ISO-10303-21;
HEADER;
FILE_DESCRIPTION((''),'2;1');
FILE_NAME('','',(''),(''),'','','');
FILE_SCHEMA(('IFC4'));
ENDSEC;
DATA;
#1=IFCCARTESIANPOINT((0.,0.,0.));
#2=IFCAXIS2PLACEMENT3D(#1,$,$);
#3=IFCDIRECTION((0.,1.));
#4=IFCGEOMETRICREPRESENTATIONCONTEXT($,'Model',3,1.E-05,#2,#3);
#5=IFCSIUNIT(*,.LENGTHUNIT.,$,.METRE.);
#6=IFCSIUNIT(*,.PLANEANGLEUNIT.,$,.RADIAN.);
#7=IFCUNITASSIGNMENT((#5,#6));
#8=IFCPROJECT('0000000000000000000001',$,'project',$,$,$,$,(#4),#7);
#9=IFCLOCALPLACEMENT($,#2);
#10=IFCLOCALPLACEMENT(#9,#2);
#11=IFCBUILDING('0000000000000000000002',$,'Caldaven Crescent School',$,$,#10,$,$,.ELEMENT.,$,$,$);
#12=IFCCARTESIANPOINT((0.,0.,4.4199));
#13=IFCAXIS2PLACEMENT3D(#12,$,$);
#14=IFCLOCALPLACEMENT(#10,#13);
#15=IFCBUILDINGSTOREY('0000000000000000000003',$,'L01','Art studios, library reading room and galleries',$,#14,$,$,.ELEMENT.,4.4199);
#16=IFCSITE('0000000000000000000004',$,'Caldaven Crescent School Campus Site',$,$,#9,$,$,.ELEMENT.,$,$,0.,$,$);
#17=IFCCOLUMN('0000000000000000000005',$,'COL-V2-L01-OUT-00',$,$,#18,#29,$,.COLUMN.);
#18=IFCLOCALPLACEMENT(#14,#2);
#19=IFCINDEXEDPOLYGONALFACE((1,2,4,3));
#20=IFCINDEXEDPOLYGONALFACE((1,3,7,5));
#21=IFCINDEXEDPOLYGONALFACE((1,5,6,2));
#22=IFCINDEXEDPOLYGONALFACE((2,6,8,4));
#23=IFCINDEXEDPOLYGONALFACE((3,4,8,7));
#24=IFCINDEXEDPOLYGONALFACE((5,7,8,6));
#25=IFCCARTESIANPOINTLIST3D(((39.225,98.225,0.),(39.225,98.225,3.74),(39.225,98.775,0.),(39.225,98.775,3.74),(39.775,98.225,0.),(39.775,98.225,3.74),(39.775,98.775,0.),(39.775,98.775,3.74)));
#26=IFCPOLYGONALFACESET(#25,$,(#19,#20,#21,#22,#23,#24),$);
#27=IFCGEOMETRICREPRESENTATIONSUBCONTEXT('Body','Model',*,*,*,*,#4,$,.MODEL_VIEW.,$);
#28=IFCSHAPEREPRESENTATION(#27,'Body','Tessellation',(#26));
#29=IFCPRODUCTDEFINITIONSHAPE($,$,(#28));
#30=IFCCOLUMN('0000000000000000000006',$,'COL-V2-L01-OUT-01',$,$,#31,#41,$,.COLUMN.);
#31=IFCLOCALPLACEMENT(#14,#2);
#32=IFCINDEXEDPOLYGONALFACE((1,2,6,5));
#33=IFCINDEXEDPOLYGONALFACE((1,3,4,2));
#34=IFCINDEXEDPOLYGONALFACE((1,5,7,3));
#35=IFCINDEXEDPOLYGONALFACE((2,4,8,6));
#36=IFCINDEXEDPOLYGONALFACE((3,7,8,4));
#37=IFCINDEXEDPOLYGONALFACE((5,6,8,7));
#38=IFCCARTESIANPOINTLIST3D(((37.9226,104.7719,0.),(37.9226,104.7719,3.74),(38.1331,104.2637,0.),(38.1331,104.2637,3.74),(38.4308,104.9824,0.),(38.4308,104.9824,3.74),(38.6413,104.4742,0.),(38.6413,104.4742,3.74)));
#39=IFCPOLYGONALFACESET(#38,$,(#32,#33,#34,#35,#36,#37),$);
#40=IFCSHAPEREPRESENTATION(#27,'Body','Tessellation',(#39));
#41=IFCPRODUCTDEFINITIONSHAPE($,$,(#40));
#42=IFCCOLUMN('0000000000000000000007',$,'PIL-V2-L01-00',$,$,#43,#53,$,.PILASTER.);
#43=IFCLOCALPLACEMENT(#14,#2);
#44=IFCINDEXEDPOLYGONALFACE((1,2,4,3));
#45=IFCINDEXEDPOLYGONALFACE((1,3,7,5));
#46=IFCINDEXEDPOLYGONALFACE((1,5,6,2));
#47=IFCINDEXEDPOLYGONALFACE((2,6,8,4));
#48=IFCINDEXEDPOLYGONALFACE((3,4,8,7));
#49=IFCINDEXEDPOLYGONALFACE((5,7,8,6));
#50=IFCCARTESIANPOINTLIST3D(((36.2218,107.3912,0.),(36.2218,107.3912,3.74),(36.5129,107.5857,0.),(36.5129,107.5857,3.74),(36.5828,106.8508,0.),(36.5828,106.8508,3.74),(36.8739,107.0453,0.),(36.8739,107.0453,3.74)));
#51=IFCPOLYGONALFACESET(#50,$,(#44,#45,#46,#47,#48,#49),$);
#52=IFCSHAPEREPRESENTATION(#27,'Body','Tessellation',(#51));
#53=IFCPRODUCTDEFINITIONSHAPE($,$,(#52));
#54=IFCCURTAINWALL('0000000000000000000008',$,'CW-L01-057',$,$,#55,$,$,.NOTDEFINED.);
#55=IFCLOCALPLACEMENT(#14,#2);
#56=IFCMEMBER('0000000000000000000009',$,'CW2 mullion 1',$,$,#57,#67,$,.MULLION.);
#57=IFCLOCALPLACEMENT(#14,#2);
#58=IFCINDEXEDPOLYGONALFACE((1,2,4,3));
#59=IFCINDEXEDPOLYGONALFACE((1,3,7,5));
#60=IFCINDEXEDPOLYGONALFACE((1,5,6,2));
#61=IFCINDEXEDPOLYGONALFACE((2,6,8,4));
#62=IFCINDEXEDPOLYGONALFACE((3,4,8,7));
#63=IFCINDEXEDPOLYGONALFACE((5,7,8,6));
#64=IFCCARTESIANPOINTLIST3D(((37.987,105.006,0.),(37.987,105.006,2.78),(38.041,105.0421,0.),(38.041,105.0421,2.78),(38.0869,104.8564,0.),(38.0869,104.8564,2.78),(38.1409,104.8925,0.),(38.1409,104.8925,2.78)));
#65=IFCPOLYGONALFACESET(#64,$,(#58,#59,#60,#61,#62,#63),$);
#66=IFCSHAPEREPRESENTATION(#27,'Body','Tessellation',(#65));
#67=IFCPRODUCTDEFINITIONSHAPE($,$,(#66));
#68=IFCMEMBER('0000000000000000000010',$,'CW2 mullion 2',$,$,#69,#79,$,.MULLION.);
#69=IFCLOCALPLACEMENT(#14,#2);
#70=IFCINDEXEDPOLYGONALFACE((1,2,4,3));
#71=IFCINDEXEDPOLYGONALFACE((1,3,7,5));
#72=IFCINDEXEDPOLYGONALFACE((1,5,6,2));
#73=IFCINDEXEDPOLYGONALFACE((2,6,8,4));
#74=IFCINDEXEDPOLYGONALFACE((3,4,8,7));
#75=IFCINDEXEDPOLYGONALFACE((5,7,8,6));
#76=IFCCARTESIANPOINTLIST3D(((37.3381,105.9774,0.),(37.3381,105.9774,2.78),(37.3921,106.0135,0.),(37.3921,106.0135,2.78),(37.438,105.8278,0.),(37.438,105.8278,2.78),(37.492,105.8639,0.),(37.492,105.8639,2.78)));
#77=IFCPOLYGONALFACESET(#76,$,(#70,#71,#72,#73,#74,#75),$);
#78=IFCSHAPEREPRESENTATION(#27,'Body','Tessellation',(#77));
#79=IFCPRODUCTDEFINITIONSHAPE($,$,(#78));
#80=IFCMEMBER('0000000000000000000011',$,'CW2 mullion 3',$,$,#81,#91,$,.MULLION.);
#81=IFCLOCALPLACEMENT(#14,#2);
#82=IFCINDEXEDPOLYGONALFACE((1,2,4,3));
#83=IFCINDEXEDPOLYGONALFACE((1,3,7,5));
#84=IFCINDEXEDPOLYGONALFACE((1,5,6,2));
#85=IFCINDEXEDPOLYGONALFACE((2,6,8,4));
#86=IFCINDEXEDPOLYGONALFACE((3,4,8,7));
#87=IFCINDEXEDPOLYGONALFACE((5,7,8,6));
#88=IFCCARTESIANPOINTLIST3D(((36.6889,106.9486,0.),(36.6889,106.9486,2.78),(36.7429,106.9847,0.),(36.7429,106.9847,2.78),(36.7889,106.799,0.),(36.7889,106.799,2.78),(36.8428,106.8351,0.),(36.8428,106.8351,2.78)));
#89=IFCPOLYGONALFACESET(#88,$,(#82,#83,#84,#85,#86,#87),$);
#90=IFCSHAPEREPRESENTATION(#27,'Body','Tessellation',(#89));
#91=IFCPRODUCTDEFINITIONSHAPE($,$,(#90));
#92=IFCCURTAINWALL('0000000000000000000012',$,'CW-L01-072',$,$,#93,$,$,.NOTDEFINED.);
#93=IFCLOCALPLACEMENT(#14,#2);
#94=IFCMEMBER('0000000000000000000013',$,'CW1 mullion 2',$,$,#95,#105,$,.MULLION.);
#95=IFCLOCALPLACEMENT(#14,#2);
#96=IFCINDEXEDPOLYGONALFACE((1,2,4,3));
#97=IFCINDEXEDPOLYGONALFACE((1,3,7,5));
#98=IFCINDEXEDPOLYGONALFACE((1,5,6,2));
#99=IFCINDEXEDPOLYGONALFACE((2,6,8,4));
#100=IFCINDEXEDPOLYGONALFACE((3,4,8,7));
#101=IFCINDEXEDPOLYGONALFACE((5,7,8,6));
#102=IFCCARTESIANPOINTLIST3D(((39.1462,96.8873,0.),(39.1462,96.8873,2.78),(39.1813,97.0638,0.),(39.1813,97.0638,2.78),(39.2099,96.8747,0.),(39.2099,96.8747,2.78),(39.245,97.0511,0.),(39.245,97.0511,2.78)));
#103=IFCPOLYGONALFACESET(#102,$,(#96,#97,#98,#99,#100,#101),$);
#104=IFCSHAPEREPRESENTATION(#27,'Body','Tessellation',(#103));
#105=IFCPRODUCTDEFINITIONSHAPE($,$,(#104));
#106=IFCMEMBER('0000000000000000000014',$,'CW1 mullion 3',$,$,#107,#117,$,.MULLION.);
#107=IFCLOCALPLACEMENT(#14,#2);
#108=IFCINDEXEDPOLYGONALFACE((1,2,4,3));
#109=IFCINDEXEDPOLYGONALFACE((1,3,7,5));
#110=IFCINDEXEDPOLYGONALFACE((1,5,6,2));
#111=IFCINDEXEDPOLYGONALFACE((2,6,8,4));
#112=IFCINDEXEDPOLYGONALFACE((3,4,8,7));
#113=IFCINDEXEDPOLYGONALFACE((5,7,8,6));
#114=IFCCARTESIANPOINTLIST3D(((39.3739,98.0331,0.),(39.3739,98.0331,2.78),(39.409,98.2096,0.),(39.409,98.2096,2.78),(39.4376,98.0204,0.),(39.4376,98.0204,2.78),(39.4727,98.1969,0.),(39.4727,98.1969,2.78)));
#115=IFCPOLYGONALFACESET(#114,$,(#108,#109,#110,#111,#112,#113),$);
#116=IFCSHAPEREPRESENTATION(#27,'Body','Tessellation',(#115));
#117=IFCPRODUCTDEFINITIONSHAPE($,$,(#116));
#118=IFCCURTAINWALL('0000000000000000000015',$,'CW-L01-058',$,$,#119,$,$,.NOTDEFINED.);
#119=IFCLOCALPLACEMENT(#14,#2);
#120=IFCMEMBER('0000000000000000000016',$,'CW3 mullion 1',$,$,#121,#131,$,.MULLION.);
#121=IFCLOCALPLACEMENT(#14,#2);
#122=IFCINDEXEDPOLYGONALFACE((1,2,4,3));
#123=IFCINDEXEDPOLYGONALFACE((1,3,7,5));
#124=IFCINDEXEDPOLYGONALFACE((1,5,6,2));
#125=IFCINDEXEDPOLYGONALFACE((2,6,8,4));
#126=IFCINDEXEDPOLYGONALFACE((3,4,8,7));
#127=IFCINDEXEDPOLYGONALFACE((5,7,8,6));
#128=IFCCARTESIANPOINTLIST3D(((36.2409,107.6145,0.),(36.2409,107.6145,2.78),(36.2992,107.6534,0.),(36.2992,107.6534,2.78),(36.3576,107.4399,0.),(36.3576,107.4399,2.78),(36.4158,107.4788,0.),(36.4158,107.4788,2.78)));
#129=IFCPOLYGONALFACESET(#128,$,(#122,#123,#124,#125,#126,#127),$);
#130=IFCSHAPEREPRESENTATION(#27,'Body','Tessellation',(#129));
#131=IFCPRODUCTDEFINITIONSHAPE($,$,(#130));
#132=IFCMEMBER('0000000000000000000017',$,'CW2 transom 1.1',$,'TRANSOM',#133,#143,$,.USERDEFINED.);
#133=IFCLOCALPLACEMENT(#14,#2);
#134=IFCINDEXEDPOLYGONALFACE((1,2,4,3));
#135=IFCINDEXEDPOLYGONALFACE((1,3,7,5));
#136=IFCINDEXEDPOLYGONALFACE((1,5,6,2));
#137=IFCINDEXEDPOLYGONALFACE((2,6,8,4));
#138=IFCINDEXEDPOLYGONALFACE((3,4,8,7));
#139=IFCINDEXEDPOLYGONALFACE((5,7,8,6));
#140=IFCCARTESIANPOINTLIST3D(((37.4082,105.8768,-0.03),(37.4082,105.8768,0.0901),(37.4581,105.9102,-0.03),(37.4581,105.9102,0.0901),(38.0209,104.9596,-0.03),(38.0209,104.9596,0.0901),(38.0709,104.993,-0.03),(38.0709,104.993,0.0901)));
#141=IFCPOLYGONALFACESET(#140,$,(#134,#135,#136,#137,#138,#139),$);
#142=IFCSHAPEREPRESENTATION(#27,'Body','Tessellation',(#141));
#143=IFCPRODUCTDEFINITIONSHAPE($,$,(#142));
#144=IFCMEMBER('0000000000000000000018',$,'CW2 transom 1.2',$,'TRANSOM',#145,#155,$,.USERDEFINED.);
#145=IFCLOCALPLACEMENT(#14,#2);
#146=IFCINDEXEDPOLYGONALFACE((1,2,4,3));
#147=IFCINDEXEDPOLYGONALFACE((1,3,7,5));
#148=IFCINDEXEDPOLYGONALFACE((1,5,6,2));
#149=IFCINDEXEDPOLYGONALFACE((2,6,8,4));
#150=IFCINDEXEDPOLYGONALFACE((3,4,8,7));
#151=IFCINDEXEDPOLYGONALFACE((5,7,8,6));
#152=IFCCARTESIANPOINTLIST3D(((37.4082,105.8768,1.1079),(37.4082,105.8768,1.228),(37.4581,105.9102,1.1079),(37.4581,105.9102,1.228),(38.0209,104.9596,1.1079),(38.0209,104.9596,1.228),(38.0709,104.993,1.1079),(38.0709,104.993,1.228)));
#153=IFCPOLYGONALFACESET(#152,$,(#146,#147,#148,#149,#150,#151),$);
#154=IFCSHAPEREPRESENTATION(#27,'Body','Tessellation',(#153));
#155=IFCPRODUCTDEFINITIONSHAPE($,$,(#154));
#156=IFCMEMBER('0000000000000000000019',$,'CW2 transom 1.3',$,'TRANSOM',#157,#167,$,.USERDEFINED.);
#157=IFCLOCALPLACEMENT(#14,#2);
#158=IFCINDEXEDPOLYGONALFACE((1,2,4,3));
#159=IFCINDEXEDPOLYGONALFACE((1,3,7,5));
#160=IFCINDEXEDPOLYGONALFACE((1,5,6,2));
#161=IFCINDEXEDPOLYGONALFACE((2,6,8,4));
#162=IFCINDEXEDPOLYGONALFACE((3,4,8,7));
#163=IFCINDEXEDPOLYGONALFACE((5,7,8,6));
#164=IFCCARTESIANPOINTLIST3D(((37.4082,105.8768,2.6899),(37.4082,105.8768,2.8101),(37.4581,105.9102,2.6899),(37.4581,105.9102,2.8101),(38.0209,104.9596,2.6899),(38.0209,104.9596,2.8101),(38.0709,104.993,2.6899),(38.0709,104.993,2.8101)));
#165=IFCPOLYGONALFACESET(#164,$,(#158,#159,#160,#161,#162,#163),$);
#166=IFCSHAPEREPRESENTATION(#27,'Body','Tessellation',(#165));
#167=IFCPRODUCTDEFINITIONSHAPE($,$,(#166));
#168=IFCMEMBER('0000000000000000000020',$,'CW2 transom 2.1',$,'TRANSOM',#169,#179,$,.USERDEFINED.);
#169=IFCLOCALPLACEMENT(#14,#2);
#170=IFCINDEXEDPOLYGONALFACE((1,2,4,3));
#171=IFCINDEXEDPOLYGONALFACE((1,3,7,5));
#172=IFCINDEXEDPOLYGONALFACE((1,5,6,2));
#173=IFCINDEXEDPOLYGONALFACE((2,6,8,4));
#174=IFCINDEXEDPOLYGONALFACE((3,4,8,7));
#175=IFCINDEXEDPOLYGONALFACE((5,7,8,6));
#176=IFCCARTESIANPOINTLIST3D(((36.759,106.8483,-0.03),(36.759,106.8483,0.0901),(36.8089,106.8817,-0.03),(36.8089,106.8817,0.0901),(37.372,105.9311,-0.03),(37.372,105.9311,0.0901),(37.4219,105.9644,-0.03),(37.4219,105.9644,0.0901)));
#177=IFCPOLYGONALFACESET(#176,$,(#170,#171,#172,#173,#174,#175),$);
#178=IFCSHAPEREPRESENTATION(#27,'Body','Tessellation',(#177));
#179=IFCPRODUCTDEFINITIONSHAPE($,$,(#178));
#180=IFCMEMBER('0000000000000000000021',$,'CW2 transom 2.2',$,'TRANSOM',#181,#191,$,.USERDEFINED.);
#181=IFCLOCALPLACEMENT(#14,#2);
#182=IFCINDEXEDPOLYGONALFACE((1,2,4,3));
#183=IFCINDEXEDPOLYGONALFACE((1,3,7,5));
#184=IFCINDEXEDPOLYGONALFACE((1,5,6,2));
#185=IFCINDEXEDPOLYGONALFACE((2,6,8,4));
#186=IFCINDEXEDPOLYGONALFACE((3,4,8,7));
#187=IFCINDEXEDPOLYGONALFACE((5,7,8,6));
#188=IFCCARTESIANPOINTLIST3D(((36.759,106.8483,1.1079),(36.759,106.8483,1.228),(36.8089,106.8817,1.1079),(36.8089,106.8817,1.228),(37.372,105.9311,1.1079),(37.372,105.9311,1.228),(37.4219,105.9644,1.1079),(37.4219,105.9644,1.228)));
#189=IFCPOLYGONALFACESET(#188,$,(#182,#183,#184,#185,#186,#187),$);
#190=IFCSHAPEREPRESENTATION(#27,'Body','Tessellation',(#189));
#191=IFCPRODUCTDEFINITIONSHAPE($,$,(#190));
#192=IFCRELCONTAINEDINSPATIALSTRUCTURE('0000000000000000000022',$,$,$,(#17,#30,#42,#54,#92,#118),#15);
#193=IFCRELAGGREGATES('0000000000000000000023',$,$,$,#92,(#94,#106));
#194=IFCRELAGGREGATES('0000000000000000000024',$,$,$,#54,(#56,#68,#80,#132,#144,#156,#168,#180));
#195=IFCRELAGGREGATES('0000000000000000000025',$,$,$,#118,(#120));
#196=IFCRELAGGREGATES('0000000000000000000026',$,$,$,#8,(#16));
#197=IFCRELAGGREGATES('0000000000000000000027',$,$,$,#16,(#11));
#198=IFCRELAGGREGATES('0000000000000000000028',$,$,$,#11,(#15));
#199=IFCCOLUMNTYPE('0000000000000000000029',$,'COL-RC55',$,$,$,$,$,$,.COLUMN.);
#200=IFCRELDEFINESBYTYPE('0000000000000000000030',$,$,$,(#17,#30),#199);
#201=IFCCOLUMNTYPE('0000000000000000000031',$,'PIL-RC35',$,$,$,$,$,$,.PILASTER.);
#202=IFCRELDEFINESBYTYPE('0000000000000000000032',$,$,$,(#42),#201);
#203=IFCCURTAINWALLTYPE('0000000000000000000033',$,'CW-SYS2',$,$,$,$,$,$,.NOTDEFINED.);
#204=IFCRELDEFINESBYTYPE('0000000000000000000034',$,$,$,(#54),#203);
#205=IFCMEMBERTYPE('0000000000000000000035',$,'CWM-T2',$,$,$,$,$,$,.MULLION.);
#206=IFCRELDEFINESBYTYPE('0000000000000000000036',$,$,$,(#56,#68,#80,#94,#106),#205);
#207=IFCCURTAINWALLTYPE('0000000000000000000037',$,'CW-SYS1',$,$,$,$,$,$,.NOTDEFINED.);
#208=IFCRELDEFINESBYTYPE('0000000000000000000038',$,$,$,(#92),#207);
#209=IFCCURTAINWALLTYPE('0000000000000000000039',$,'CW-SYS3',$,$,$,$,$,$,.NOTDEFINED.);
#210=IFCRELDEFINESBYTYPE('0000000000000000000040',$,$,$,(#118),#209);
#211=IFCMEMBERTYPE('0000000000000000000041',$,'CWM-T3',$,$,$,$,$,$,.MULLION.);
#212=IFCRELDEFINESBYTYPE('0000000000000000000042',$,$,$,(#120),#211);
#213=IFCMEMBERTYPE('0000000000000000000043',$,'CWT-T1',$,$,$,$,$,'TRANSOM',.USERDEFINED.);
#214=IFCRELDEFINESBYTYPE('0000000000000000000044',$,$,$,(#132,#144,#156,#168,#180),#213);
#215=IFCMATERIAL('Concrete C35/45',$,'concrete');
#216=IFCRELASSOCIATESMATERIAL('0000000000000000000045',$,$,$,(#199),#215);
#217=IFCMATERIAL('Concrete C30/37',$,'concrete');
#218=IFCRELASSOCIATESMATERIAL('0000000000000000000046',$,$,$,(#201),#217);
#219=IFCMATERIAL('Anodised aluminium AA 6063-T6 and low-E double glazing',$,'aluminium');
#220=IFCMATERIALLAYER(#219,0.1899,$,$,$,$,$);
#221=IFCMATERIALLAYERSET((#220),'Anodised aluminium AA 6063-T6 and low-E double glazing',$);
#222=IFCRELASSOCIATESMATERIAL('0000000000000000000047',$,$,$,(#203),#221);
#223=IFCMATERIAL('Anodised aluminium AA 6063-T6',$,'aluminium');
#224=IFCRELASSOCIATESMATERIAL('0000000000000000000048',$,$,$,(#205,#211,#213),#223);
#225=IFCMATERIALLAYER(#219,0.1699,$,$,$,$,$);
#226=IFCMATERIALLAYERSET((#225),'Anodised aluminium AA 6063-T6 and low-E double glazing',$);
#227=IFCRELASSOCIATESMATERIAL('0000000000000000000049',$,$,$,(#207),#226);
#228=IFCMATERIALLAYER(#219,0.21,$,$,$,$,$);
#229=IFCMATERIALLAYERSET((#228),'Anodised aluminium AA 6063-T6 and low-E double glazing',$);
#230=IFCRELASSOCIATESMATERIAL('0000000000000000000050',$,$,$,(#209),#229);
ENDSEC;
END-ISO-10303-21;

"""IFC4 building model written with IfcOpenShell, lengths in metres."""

from ifc_helpers import new_model, si_unit, direction, frame, origin, origin_2d, place, context, subcontext, project, spatial, rectangle, extrude, material, layer, layer_set, material_profile, profile_set, type_object, element, aggregate, save


model = new_model("IFC4")

# Units and contexts
model_context = context("Model", 3, precision=1e-05, world=origin(), true_north=direction((0.0, 1.0)))
body_context = subcontext(model_context, "Body", "Model", "MODEL_VIEW")
ifc_project = project(units=[si_unit("LENGTHUNIT", "METRE"), si_unit("PLANEANGLEUNIT", "RADIAN")], contexts=[model_context])

# Site, building, storey
site_placement = place(None, origin())
site = spatial("IfcSite", under=ifc_project, at=site_placement, Name="Caldaven Crescent School Campus Site", CompositionType="ELEMENT", RefElevation=0.0)
building_placement = place(site_placement, origin())
building = spatial("IfcBuilding", under=site, at=building_placement, Name="Caldaven Crescent School", CompositionType="ELEMENT")
storey_placement = place(building_placement, frame((0.0, 0.0, 4.4199)))
storey = spatial("IfcBuildingStorey", under=building, at=storey_placement, Name="L01", Description="Art studios, library reading room and galleries", CompositionType="ELEMENT", Elevation=4.4199)

# Columns
ifc_material_1 = material(Name="Concrete C35/45", Category="concrete")
ifc_material_profile_1 = material_profile(ifc_material_1, rectangle(XDim=0.55, YDim=0.55, at=origin_2d()), Name="RC 550x550")
ifc_profile_set_1 = profile_set([ifc_material_profile_1], Name="Concrete C35/45")
column_type_1 = type_object("IfcColumnType", Name="COL-RC55", PredefinedType="COLUMN", material=ifc_profile_set_1)
for number, where, z_axis, x_axis, name in (
    (1, (39.5, 98.5, 0.0), (0.0, 0.0, 1.0), (1.0, 0.0, 0.0), "COL-V2-L01-OUT-00"),
    (2, (38.282, 104.623, 0.0), (0.0, 0.0, 1.0), (0.92388, 0.382683, 0.0), "COL-V2-L01-OUT-01"),
):
    element("IfcColumn", number, at=place(storey_placement, frame(where, z_axis=z_axis, x_axis=x_axis)), inside=storey, type_object=column_type_1, Name=name, PredefinedType="COLUMN", context=body_context, shape_type="SweptSolid", body=[
        extrude(rectangle(XDim=0.55, YDim=0.55, at=origin_2d()), origin(), (0.0, 0.0, 1.0), 3.74),
    ])
ifc_material_2 = material(Name="Concrete C30/37", Category="concrete")
ifc_material_profile_2 = material_profile(ifc_material_2, rectangle(XDim=0.3501, YDim=0.6499, at=origin_2d()), Name="RC 350x650")
ifc_profile_set_2 = profile_set([ifc_material_profile_2], Name="Concrete C30/37")
column_type_2 = type_object("IfcColumnType", Name="PIL-RC35", PredefinedType="PILASTER", material=ifc_profile_set_2)
column_placement = place(storey_placement, frame((36.5479, 107.2183, 0.0), z_axis=(0.0, 0.0, 1.0), x_axis=(0.83147, 0.55557, 0.0)))
element("IfcColumn", 3, at=column_placement, inside=storey, type_object=column_type_2, Name="PIL-V2-L01-00", PredefinedType="PILASTER", context=body_context, shape_type="SweptSolid", body=[
    extrude(rectangle(XDim=0.3501, YDim=0.6499, at=origin_2d()), origin(), (0.0, 0.0, 1.0), 3.74),
])

# Curtain walls, members
ifc_material_3 = material(Name="Anodised aluminium AA 6063-T6 and low-E double glazing", Category="aluminium")
ifc_layer_1 = layer(ifc_material_3, 0.1899)
ifc_layer_set_1 = layer_set([ifc_layer_1], Name="Anodised aluminium AA 6063-T6 and low-E double glazing")
curtain_wall_type_1 = type_object("IfcCurtainWallType", Name="CW-SYS2", PredefinedType="NOTDEFINED", material=ifc_layer_set_1)
curtain_wall_1_placement = place(storey_placement, origin())
curtain_wall_1 = element("IfcCurtainWall", 4, at=curtain_wall_1_placement, inside=storey, type_object=curtain_wall_type_1, Name="CW-L01-057", PredefinedType="NOTDEFINED")
ifc_material_4 = material(Name="Anodised aluminium AA 6063-T6", Category="aluminium")
ifc_material_profile_3 = material_profile(ifc_material_4, rectangle(XDim=0.0649, YDim=0.1799, at=origin_2d()), Name="CWM 65x180")
ifc_profile_set_3 = profile_set([ifc_material_profile_3], Name="Anodised aluminium AA 6063-T6")
member_type_1 = type_object("IfcMemberType", Name="CWM-T2", PredefinedType="MULLION", material=ifc_profile_set_3)
member_1_placement = place(storey_placement, frame((38.064, 104.9492, 0.0), z_axis=(0.0, 0.0, 1.0), x_axis=(-0.83147, -0.55557, 0.0)))
member_1 = element("IfcMember", 5, at=member_1_placement, type_object=member_type_1, Name="CW2 mullion 1", PredefinedType="MULLION", context=body_context, shape_type="SweptSolid", body=[
    extrude(rectangle(XDim=0.0649, YDim=0.1799, at=origin_2d()), origin(), (0.0, 0.0, 1.0), 2.78),
])
member_2_placement = place(storey_placement, frame((37.415, 105.9207, 0.0), z_axis=(0.0, 0.0, 1.0), x_axis=(-0.83147, -0.55557, 0.0)))
member_2 = element("IfcMember", 6, at=member_2_placement, type_object=member_type_1, Name="CW2 mullion 2", PredefinedType="MULLION", context=body_context, shape_type="SweptSolid", body=[
    extrude(rectangle(XDim=0.0649, YDim=0.1799, at=origin_2d()), origin(), (0.0, 0.0, 1.0), 2.78),
])
member_3_placement = place(storey_placement, frame((36.7659, 106.8918, 0.0), z_axis=(0.0, 0.0, 1.0), x_axis=(-0.83147, -0.55557, 0.0)))
member_3 = element("IfcMember", 7, at=member_3_placement, type_object=member_type_1, Name="CW2 mullion 3", PredefinedType="MULLION", context=body_context, shape_type="SweptSolid", body=[
    extrude(rectangle(XDim=0.0649, YDim=0.1799, at=origin_2d()), origin(), (0.0, 0.0, 1.0), 2.78),
])
ifc_layer_2 = layer(ifc_material_3, 0.1699)
ifc_layer_set_2 = layer_set([ifc_layer_2], Name="Anodised aluminium AA 6063-T6 and low-E double glazing")
curtain_wall_type_2 = type_object("IfcCurtainWallType", Name="CW-SYS1", PredefinedType="NOTDEFINED", material=ifc_layer_set_2)
curtain_wall_2_placement = place(storey_placement, origin())
curtain_wall_2 = element("IfcCurtainWall", 8, at=curtain_wall_2_placement, inside=storey, type_object=curtain_wall_type_2, Name="CW-L01-072", PredefinedType="NOTDEFINED")
member_4_placement = place(storey_placement, frame((39.1956, 96.9692, 0.0), z_axis=(0.0, 0.0, 1.0), x_axis=(-0.980785, 0.195091, 0.0)))
member_4 = element("IfcMember", 9, at=member_4_placement, type_object=member_type_1, Name="CW1 mullion 2", PredefinedType="MULLION", context=body_context, shape_type="SweptSolid", body=[
    extrude(rectangle(XDim=0.0649, YDim=0.1799, at=origin_2d()), origin(), (0.0, 0.0, 1.0), 2.78),
])
member_5_placement = place(storey_placement, frame((39.4233, 98.115, 0.0), z_axis=(0.0, 0.0, 1.0), x_axis=(-0.980785, 0.195091, 0.0)))
member_5 = element("IfcMember", 10, at=member_5_placement, type_object=member_type_1, Name="CW1 mullion 3", PredefinedType="MULLION", context=body_context, shape_type="SweptSolid", body=[
    extrude(rectangle(XDim=0.0649, YDim=0.1799, at=origin_2d()), origin(), (0.0, 0.0, 1.0), 2.78),
])

# Curtain wall, member
ifc_layer_3 = layer(ifc_material_3, 0.21)
ifc_layer_set_3 = layer_set([ifc_layer_3], Name="Anodised aluminium AA 6063-T6 and low-E double glazing")
curtain_wall_type_3 = type_object("IfcCurtainWallType", Name="CW-SYS3", PredefinedType="NOTDEFINED", material=ifc_layer_set_3)
curtain_wall_3_placement = place(storey_placement, origin())
curtain_wall_3 = element("IfcCurtainWall", 11, at=curtain_wall_3_placement, inside=storey, type_object=curtain_wall_type_3, Name="CW-L01-058", PredefinedType="NOTDEFINED")
ifc_material_profile_4 = material_profile(ifc_material_4, rectangle(XDim=0.0701, YDim=0.21, at=origin_2d()), Name="CWM 70x210")
ifc_profile_set_4 = profile_set([ifc_material_profile_4], Name="Anodised aluminium AA 6063-T6")
member_type_2 = type_object("IfcMemberType", Name="CWM-T3", PredefinedType="MULLION", material=ifc_profile_set_4)
member_6_placement = place(storey_placement, frame((36.3284, 107.5466, 0.0), z_axis=(0.0, 0.0, 1.0), x_axis=(-0.831468, -0.555572, 0.0)))
member_6 = element("IfcMember", 12, at=member_6_placement, type_object=member_type_2, Name="CW3 mullion 1", PredefinedType="MULLION", context=body_context, shape_type="SweptSolid", body=[
    extrude(rectangle(XDim=0.0701, YDim=0.21, at=origin_2d()), origin(), (0.0, 0.0, 1.0), 2.78),
])

# Members
ifc_material_profile_5 = material_profile(ifc_material_4, rectangle(XDim=0.0601, YDim=0.1201, at=origin_2d()), Name="CWT 60x120")
ifc_profile_set_5 = profile_set([ifc_material_profile_5], Name="Anodised aluminium AA 6063-T6")
member_type_3 = type_object("IfcMemberType", Name="CWT-T1", ElementType="TRANSOM", PredefinedType="USERDEFINED", material=ifc_profile_set_5)
member_7_placement = place(storey_placement, frame((38.0459, 104.9763, 0.03), z_axis=(-0.555517, 0.831505, 0.0), x_axis=(-0.831505, -0.555517, 0.0)))
member_7 = element("IfcMember", 13, at=member_7_placement, type_object=member_type_3, Name="CW2 transom 1.1", ObjectType="TRANSOM", PredefinedType="USERDEFINED", context=body_context, shape_type="SweptSolid", body=[
    extrude(rectangle(XDim=0.0601, YDim=0.1201, at=origin_2d()), origin(), (0.0, 0.0, 1.0), 1.103),
])
member_8_placement = place(storey_placement, frame((38.0459, 104.9763, 1.168), z_axis=(-0.555517, 0.831505, 0.0), x_axis=(-0.831505, -0.555517, 0.0)))
member_8 = element("IfcMember", 14, at=member_8_placement, type_object=member_type_3, Name="CW2 transom 1.2", ObjectType="TRANSOM", PredefinedType="USERDEFINED", context=body_context, shape_type="SweptSolid", body=[
    extrude(rectangle(XDim=0.0601, YDim=0.1201, at=origin_2d()), origin(), (0.0, 0.0, 1.0), 1.103),
])
member_9_placement = place(storey_placement, frame((38.0459, 104.9763, 2.75), z_axis=(-0.555517, 0.831505, 0.0), x_axis=(-0.831505, -0.555517, 0.0)))
member_9 = element("IfcMember", 15, at=member_9_placement, type_object=member_type_3, Name="CW2 transom 1.3", ObjectType="TRANSOM", PredefinedType="USERDEFINED", context=body_context, shape_type="SweptSolid", body=[
    extrude(rectangle(XDim=0.0601, YDim=0.1201, at=origin_2d()), origin(), (0.0, 0.0, 1.0), 1.103),
])
member_10_placement = place(storey_placement, frame((37.397, 105.9478, 0.03), z_axis=(-0.55567, 0.831403, 0.0), x_axis=(-0.831403, -0.55567, 0.0)))
member_10 = element("IfcMember", 16, at=member_10_placement, type_object=member_type_3, Name="CW2 transom 2.1", ObjectType="TRANSOM", PredefinedType="USERDEFINED", context=body_context, shape_type="SweptSolid", body=[
    extrude(rectangle(XDim=0.0601, YDim=0.1201, at=origin_2d()), origin(), (0.0, 0.0, 1.0), 1.1033),
])
member_11_placement = place(storey_placement, frame((37.397, 105.9478, 1.168), z_axis=(-0.55567, 0.831403, 0.0), x_axis=(-0.831403, -0.55567, 0.0)))
member_11 = element("IfcMember", 17, at=member_11_placement, type_object=member_type_3, Name="CW2 transom 2.2", ObjectType="TRANSOM", PredefinedType="USERDEFINED", context=body_context, shape_type="SweptSolid", body=[
    extrude(rectangle(XDim=0.0601, YDim=0.1201, at=origin_2d()), origin(), (0.0, 0.0, 1.0), 1.1033),
])

aggregate(curtain_wall_2, [member_4, member_5])
aggregate(curtain_wall_1, [member_1, member_2, member_3, member_7, member_8, member_9, member_10, member_11])
aggregate(curtain_wall_3, [member_6])

save(model, "model.ifc")
